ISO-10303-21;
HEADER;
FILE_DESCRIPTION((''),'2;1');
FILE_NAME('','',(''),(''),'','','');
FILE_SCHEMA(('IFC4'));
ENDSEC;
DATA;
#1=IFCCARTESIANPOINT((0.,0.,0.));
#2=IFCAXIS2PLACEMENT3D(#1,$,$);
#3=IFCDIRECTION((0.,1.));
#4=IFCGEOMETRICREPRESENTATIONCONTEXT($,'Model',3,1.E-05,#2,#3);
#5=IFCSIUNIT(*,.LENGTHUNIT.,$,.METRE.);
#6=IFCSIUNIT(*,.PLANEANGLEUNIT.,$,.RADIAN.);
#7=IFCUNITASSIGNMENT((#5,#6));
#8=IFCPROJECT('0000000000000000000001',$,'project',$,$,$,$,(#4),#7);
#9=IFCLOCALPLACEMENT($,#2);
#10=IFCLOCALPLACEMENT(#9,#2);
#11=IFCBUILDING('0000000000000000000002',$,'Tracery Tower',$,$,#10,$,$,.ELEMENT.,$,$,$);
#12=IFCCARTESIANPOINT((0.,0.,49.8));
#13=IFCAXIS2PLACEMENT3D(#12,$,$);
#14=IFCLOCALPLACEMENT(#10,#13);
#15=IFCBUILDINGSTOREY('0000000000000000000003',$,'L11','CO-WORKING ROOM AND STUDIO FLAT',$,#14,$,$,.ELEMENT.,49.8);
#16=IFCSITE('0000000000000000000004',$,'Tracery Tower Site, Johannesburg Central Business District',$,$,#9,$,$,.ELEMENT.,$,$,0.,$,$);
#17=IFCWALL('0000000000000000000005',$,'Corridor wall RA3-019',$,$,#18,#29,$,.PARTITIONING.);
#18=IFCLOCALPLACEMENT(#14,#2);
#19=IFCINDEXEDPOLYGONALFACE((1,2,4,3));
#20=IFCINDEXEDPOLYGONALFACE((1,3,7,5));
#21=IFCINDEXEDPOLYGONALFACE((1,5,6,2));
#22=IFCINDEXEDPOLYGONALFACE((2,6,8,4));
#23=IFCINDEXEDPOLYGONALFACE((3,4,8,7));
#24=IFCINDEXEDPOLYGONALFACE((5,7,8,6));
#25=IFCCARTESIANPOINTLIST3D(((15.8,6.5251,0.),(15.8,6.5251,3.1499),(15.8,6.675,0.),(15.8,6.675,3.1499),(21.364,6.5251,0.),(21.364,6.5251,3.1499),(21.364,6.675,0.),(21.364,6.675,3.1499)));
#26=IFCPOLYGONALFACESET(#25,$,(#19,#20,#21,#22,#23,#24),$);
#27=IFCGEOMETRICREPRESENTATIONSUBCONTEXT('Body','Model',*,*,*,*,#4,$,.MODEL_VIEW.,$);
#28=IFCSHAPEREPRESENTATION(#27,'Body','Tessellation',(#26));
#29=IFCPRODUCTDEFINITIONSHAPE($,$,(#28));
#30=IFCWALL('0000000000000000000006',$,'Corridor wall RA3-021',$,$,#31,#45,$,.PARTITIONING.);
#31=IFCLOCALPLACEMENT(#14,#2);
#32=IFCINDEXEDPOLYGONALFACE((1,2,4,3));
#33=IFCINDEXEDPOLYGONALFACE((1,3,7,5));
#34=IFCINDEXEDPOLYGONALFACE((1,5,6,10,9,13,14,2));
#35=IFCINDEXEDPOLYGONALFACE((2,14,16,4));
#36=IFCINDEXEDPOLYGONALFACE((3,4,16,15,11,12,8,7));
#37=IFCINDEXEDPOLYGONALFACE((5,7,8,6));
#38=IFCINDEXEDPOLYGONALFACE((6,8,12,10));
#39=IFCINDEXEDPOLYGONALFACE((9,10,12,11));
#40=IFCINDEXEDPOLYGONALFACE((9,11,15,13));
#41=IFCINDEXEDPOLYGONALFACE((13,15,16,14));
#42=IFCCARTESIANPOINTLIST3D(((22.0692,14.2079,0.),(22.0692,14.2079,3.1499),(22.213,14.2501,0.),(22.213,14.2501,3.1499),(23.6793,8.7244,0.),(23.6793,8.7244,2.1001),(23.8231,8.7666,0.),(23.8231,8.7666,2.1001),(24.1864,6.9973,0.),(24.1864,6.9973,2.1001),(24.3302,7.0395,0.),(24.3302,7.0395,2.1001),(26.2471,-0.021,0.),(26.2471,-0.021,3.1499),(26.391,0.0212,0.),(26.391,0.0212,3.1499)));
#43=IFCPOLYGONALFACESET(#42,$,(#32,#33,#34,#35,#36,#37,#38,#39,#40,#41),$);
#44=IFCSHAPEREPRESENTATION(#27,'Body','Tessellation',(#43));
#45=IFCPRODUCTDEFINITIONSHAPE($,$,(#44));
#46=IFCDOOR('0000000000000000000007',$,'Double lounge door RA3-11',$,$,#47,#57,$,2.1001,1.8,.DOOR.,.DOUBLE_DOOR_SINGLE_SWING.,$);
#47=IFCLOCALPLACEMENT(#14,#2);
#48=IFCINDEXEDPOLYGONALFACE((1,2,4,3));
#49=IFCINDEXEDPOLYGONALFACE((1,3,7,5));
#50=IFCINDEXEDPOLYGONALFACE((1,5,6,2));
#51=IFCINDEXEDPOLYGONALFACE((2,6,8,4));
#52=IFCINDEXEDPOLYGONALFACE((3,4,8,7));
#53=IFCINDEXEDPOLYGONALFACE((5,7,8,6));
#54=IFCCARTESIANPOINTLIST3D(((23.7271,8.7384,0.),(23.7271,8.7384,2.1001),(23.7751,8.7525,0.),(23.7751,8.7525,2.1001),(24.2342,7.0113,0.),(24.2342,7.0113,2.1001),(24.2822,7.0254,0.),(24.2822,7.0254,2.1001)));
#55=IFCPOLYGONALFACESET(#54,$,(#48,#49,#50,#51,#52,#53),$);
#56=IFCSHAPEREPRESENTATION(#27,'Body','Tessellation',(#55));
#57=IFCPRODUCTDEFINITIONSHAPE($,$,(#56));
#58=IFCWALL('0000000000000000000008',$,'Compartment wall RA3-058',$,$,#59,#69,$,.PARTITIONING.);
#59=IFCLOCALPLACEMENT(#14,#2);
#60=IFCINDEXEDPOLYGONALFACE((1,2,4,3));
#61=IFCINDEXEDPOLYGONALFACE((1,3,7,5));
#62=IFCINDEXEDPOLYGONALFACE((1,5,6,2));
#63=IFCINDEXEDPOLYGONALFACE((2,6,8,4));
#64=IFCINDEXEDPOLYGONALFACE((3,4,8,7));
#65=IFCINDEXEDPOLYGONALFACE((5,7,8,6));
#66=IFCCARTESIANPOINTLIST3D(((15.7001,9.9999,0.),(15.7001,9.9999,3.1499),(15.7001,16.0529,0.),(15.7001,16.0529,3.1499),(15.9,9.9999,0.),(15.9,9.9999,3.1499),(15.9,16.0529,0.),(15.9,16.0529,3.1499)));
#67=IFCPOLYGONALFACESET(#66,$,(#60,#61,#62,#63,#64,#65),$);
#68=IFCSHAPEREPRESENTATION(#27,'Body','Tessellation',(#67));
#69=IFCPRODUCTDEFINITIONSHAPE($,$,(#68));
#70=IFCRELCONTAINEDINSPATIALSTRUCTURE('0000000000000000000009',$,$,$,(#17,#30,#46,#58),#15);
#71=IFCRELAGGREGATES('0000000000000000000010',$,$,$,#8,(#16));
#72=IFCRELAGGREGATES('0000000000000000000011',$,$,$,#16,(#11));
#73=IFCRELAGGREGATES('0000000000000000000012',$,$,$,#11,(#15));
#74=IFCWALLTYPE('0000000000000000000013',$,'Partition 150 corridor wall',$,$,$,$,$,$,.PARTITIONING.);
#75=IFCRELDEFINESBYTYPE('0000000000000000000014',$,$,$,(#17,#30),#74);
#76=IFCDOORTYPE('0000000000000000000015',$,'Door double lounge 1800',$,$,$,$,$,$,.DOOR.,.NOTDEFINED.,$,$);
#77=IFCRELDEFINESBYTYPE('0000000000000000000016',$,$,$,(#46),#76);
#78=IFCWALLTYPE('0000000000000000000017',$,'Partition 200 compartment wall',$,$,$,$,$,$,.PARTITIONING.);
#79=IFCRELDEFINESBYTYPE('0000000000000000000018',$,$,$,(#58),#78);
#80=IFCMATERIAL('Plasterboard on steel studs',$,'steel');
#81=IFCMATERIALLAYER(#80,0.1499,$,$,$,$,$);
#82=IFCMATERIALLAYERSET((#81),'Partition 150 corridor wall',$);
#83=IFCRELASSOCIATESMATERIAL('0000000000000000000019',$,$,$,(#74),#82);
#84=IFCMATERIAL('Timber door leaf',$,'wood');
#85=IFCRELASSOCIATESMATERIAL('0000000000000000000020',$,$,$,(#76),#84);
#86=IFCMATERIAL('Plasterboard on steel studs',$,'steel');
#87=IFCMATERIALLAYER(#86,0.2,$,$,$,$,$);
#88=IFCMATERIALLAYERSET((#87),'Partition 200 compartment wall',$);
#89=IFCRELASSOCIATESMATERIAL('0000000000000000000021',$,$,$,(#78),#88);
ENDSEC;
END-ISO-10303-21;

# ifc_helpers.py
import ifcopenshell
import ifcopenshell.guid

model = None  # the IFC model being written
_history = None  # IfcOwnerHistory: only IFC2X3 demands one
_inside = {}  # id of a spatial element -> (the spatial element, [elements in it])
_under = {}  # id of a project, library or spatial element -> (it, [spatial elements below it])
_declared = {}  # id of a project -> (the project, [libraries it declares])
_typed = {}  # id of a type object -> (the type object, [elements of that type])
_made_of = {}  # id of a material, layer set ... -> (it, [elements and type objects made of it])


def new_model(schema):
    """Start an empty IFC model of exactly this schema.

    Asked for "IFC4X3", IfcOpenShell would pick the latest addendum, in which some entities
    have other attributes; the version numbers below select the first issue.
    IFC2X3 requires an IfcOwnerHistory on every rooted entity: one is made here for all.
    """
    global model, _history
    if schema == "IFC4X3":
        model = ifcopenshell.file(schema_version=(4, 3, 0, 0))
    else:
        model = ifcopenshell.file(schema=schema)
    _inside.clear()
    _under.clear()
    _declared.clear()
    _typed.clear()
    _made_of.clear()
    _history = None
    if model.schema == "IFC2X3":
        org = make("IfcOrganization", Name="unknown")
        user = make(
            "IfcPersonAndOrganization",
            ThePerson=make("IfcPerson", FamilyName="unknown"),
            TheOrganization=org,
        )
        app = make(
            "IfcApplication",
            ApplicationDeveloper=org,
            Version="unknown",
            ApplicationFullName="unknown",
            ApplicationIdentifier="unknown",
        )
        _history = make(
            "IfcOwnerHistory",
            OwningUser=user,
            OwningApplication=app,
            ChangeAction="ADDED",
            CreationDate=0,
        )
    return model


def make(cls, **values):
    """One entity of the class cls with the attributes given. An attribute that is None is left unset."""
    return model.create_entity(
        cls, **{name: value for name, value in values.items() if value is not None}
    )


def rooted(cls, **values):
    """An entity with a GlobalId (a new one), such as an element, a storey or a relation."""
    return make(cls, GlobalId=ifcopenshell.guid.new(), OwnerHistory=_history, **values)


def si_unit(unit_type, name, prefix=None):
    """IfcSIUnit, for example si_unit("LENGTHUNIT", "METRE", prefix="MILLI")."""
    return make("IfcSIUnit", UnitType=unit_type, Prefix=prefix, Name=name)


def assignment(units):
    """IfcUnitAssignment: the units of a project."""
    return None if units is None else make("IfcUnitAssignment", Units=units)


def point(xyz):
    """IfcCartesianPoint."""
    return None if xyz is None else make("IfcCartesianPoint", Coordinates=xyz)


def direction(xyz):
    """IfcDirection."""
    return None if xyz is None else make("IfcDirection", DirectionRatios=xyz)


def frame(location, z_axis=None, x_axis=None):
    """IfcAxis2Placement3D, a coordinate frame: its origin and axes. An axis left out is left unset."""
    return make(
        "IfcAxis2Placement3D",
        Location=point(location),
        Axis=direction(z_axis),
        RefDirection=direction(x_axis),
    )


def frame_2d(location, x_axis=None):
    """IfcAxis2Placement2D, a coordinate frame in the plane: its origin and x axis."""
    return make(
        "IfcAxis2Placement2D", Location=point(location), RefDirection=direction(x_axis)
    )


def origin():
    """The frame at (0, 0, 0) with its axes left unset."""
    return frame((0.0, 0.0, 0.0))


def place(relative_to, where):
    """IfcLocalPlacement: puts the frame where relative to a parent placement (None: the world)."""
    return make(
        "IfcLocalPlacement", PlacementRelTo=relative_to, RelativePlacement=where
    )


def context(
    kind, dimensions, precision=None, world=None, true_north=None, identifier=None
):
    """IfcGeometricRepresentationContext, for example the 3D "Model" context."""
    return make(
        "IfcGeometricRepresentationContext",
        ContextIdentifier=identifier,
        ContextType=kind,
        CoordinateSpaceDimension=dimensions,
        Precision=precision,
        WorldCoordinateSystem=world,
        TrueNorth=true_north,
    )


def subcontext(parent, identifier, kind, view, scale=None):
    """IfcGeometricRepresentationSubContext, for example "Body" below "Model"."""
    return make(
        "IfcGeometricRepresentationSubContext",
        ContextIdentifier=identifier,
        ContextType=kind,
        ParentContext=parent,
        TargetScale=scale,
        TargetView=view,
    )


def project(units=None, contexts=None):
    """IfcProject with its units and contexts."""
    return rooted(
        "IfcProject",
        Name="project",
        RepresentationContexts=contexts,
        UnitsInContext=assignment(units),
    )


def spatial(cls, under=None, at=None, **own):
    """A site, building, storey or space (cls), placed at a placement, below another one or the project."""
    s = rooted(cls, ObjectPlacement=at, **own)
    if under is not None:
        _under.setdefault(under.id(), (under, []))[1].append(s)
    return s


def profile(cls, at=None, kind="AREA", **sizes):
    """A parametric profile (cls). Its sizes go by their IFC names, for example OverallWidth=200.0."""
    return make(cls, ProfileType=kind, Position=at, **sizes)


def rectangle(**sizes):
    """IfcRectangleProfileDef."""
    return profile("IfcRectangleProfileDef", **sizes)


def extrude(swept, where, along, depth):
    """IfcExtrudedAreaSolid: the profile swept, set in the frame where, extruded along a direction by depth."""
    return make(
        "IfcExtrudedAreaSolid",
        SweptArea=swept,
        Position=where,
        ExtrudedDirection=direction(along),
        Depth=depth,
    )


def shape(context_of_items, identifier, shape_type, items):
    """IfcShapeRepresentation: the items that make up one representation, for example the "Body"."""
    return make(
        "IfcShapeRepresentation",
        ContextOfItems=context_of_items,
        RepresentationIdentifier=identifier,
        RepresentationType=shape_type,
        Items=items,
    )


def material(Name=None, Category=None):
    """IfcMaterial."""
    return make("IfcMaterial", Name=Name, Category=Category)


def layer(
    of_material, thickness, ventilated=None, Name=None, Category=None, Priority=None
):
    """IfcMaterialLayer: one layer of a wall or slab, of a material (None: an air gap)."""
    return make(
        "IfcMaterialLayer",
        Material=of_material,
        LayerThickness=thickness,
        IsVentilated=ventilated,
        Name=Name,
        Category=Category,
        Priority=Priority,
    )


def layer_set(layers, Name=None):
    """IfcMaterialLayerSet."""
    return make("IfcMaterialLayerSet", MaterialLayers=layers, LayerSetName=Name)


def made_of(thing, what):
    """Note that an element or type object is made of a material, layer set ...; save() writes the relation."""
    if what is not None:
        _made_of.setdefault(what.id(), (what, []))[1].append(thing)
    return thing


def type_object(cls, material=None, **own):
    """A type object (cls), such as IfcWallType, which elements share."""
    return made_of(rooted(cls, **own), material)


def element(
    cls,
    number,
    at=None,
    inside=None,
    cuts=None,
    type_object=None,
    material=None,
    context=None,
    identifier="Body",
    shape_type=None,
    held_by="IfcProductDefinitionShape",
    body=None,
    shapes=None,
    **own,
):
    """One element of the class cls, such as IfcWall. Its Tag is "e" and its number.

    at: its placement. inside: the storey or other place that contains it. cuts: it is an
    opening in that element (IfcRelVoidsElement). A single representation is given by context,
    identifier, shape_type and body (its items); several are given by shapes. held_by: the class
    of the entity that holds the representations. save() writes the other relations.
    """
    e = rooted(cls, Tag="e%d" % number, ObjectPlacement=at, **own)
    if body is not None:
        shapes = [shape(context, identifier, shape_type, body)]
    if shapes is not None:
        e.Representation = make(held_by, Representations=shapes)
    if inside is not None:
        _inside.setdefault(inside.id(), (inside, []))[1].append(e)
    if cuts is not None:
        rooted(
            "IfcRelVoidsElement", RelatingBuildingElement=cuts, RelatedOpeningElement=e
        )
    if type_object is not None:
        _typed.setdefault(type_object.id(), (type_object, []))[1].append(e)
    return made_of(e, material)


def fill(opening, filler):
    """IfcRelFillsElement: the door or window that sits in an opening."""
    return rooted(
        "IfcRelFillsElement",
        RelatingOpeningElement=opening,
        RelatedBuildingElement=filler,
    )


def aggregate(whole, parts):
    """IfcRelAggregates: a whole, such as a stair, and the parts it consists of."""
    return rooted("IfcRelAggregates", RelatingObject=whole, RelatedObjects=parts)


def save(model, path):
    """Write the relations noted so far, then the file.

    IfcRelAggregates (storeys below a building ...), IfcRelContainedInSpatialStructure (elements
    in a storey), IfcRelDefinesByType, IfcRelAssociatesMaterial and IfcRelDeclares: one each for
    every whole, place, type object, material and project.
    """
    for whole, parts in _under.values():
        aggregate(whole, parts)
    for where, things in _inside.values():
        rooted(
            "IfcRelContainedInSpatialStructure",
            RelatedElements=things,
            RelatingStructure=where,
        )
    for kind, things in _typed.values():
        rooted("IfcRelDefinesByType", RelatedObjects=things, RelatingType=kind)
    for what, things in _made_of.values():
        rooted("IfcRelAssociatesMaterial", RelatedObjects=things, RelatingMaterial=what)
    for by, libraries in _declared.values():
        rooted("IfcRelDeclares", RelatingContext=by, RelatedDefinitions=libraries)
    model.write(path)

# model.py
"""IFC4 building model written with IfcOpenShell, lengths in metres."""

from ifc_helpers import new_model, si_unit, direction, frame, frame_2d, origin, place, context, subcontext, project, spatial, rectangle, extrude, material, layer, layer_set, type_object, element, fill, save


model = new_model("IFC4")

# Units and contexts
model_context = context("Model", 3, precision=1e-05, world=origin(), true_north=direction((0.0, 1.0)))
body_context = subcontext(model_context, "Body", "Model", "MODEL_VIEW")
ifc_project = project(units=[si_unit("LENGTHUNIT", "METRE"), si_unit("PLANEANGLEUNIT", "RADIAN")], contexts=[model_context])

# Site, building, storey
site_placement = place(None, origin())
site = spatial("IfcSite", under=ifc_project, at=site_placement, Name="Tracery Tower Site, Johannesburg Central Business District", CompositionType="ELEMENT", RefElevation=0.0)
building_placement = place(site_placement, origin())
building = spatial("IfcBuilding", under=site, at=building_placement, Name="Tracery Tower", CompositionType="ELEMENT")
storey_placement = place(building_placement, frame((0.0, 0.0, 49.8)))
storey = spatial("IfcBuildingStorey", under=building, at=storey_placement, Name="L11", Description="CO-WORKING ROOM AND STUDIO FLAT", CompositionType="ELEMENT", Elevation=49.8)

# Wall
ifc_material_1 = material(Name="Plasterboard on steel studs", Category="steel")
ifc_layer_1 = layer(ifc_material_1, 0.1499)
ifc_layer_set_1 = layer_set([ifc_layer_1], Name="Partition 150 corridor wall")
wall_type_1 = type_object("IfcWallType", Name="Partition 150 corridor wall", PredefinedType="PARTITIONING", material=ifc_layer_set_1)
wall_1_placement = place(storey_placement, frame((15.8, 6.6001, 0.0), z_axis=(0.0, 0.0, 1.0), x_axis=(1.0, 0.0, 0.0)))
element("IfcWall", 1, at=wall_1_placement, inside=storey, type_object=wall_type_1, Name="Corridor wall RA3-019", PredefinedType="PARTITIONING", context=body_context, shape_type="SweptSolid", body=[
    extrude(rectangle(XDim=5.564, YDim=0.1499, at=frame_2d((2.782, 0.0))), origin(), (0.0, 0.0, 1.0), 3.1499),
])

# Wall, opening, door
wall_2_placement = place(storey_placement, frame((22.1411, 14.229, 0.0), z_axis=(0.0, 0.0, 1.0), x_axis=(0.28173, -0.959494, 0.0)))
wall_2 = element("IfcWall", 2, at=wall_2_placement, inside=storey, type_object=wall_type_1, Name="Corridor wall RA3-021", PredefinedType="PARTITIONING", context=body_context, shape_type="SweptSolid", body=[
    extrude(rectangle(XDim=14.8296, YDim=0.1499, at=frame_2d((7.4148, 0.0))), origin(), (0.0, 0.0, 1.0), 3.1499),
])
opening_1_placement = place(wall_2_placement, frame((5.7151, 0.0, 0.0)))
opening_1 = element("IfcOpeningElement", 3, at=opening_1_placement, cuts=wall_2, PredefinedType="OPENING", context=body_context, shape_type="SweptSolid", body=[
    extrude(rectangle(XDim=1.8, YDim=2.1001, at=frame_2d((0.8999, 1.05))), frame((0.0, 0.075, 0.0), z_axis=(0.0, -1.0, 0.0), x_axis=(1.0, 0.0, 0.0)), (0.0, 0.0, 1.0), 0.1499),
])
ifc_material_2 = material(Name="Timber door leaf", Category="wood")
door_type = type_object("IfcDoorType", Name="Door double lounge 1800", OperationType="NOTDEFINED", PredefinedType="DOOR", material=ifc_material_2)
door_placement = place(opening_1_placement, origin())
door = element("IfcDoor", 4, at=door_placement, inside=storey, type_object=door_type, Name="Double lounge door RA3-11", OperationType="DOUBLE_DOOR_SINGLE_SWING", OverallHeight=2.1001, OverallWidth=1.8, PredefinedType="DOOR", context=body_context, shape_type="SweptSolid", body=[
    extrude(rectangle(XDim=1.8, YDim=2.1001, at=frame_2d((0.8999, 1.05))), frame((0.0, 0.0249, 0.0), z_axis=(0.0, -1.0, 0.0), x_axis=(1.0, 0.0, 0.0)), (0.0, 0.0, 1.0), 0.05),
])
fill(opening_1, door)

# Wall
ifc_material_3 = material(Name="Plasterboard on steel studs", Category="steel")
ifc_layer_2 = layer(ifc_material_3, 0.2)
ifc_layer_set_2 = layer_set([ifc_layer_2], Name="Partition 200 compartment wall")
wall_type_2 = type_object("IfcWallType", Name="Partition 200 compartment wall", PredefinedType="PARTITIONING", material=ifc_layer_set_2)
wall_3_placement = place(storey_placement, frame((15.8, 10.0, 0.0), z_axis=(0.0, 0.0, 1.0), x_axis=(0.0, 1.0, 0.0)))
element("IfcWall", 5, at=wall_3_placement, inside=storey, type_object=wall_type_2, Name="Compartment wall RA3-058", PredefinedType="PARTITIONING", context=body_context, shape_type="SweptSolid", body=[
    extrude(rectangle(XDim=6.053, YDim=0.2, at=frame_2d((3.0264, 0.0))), origin(), (0.0, 0.0, 1.0), 3.1499),
])

save(model, "model.ifc")
